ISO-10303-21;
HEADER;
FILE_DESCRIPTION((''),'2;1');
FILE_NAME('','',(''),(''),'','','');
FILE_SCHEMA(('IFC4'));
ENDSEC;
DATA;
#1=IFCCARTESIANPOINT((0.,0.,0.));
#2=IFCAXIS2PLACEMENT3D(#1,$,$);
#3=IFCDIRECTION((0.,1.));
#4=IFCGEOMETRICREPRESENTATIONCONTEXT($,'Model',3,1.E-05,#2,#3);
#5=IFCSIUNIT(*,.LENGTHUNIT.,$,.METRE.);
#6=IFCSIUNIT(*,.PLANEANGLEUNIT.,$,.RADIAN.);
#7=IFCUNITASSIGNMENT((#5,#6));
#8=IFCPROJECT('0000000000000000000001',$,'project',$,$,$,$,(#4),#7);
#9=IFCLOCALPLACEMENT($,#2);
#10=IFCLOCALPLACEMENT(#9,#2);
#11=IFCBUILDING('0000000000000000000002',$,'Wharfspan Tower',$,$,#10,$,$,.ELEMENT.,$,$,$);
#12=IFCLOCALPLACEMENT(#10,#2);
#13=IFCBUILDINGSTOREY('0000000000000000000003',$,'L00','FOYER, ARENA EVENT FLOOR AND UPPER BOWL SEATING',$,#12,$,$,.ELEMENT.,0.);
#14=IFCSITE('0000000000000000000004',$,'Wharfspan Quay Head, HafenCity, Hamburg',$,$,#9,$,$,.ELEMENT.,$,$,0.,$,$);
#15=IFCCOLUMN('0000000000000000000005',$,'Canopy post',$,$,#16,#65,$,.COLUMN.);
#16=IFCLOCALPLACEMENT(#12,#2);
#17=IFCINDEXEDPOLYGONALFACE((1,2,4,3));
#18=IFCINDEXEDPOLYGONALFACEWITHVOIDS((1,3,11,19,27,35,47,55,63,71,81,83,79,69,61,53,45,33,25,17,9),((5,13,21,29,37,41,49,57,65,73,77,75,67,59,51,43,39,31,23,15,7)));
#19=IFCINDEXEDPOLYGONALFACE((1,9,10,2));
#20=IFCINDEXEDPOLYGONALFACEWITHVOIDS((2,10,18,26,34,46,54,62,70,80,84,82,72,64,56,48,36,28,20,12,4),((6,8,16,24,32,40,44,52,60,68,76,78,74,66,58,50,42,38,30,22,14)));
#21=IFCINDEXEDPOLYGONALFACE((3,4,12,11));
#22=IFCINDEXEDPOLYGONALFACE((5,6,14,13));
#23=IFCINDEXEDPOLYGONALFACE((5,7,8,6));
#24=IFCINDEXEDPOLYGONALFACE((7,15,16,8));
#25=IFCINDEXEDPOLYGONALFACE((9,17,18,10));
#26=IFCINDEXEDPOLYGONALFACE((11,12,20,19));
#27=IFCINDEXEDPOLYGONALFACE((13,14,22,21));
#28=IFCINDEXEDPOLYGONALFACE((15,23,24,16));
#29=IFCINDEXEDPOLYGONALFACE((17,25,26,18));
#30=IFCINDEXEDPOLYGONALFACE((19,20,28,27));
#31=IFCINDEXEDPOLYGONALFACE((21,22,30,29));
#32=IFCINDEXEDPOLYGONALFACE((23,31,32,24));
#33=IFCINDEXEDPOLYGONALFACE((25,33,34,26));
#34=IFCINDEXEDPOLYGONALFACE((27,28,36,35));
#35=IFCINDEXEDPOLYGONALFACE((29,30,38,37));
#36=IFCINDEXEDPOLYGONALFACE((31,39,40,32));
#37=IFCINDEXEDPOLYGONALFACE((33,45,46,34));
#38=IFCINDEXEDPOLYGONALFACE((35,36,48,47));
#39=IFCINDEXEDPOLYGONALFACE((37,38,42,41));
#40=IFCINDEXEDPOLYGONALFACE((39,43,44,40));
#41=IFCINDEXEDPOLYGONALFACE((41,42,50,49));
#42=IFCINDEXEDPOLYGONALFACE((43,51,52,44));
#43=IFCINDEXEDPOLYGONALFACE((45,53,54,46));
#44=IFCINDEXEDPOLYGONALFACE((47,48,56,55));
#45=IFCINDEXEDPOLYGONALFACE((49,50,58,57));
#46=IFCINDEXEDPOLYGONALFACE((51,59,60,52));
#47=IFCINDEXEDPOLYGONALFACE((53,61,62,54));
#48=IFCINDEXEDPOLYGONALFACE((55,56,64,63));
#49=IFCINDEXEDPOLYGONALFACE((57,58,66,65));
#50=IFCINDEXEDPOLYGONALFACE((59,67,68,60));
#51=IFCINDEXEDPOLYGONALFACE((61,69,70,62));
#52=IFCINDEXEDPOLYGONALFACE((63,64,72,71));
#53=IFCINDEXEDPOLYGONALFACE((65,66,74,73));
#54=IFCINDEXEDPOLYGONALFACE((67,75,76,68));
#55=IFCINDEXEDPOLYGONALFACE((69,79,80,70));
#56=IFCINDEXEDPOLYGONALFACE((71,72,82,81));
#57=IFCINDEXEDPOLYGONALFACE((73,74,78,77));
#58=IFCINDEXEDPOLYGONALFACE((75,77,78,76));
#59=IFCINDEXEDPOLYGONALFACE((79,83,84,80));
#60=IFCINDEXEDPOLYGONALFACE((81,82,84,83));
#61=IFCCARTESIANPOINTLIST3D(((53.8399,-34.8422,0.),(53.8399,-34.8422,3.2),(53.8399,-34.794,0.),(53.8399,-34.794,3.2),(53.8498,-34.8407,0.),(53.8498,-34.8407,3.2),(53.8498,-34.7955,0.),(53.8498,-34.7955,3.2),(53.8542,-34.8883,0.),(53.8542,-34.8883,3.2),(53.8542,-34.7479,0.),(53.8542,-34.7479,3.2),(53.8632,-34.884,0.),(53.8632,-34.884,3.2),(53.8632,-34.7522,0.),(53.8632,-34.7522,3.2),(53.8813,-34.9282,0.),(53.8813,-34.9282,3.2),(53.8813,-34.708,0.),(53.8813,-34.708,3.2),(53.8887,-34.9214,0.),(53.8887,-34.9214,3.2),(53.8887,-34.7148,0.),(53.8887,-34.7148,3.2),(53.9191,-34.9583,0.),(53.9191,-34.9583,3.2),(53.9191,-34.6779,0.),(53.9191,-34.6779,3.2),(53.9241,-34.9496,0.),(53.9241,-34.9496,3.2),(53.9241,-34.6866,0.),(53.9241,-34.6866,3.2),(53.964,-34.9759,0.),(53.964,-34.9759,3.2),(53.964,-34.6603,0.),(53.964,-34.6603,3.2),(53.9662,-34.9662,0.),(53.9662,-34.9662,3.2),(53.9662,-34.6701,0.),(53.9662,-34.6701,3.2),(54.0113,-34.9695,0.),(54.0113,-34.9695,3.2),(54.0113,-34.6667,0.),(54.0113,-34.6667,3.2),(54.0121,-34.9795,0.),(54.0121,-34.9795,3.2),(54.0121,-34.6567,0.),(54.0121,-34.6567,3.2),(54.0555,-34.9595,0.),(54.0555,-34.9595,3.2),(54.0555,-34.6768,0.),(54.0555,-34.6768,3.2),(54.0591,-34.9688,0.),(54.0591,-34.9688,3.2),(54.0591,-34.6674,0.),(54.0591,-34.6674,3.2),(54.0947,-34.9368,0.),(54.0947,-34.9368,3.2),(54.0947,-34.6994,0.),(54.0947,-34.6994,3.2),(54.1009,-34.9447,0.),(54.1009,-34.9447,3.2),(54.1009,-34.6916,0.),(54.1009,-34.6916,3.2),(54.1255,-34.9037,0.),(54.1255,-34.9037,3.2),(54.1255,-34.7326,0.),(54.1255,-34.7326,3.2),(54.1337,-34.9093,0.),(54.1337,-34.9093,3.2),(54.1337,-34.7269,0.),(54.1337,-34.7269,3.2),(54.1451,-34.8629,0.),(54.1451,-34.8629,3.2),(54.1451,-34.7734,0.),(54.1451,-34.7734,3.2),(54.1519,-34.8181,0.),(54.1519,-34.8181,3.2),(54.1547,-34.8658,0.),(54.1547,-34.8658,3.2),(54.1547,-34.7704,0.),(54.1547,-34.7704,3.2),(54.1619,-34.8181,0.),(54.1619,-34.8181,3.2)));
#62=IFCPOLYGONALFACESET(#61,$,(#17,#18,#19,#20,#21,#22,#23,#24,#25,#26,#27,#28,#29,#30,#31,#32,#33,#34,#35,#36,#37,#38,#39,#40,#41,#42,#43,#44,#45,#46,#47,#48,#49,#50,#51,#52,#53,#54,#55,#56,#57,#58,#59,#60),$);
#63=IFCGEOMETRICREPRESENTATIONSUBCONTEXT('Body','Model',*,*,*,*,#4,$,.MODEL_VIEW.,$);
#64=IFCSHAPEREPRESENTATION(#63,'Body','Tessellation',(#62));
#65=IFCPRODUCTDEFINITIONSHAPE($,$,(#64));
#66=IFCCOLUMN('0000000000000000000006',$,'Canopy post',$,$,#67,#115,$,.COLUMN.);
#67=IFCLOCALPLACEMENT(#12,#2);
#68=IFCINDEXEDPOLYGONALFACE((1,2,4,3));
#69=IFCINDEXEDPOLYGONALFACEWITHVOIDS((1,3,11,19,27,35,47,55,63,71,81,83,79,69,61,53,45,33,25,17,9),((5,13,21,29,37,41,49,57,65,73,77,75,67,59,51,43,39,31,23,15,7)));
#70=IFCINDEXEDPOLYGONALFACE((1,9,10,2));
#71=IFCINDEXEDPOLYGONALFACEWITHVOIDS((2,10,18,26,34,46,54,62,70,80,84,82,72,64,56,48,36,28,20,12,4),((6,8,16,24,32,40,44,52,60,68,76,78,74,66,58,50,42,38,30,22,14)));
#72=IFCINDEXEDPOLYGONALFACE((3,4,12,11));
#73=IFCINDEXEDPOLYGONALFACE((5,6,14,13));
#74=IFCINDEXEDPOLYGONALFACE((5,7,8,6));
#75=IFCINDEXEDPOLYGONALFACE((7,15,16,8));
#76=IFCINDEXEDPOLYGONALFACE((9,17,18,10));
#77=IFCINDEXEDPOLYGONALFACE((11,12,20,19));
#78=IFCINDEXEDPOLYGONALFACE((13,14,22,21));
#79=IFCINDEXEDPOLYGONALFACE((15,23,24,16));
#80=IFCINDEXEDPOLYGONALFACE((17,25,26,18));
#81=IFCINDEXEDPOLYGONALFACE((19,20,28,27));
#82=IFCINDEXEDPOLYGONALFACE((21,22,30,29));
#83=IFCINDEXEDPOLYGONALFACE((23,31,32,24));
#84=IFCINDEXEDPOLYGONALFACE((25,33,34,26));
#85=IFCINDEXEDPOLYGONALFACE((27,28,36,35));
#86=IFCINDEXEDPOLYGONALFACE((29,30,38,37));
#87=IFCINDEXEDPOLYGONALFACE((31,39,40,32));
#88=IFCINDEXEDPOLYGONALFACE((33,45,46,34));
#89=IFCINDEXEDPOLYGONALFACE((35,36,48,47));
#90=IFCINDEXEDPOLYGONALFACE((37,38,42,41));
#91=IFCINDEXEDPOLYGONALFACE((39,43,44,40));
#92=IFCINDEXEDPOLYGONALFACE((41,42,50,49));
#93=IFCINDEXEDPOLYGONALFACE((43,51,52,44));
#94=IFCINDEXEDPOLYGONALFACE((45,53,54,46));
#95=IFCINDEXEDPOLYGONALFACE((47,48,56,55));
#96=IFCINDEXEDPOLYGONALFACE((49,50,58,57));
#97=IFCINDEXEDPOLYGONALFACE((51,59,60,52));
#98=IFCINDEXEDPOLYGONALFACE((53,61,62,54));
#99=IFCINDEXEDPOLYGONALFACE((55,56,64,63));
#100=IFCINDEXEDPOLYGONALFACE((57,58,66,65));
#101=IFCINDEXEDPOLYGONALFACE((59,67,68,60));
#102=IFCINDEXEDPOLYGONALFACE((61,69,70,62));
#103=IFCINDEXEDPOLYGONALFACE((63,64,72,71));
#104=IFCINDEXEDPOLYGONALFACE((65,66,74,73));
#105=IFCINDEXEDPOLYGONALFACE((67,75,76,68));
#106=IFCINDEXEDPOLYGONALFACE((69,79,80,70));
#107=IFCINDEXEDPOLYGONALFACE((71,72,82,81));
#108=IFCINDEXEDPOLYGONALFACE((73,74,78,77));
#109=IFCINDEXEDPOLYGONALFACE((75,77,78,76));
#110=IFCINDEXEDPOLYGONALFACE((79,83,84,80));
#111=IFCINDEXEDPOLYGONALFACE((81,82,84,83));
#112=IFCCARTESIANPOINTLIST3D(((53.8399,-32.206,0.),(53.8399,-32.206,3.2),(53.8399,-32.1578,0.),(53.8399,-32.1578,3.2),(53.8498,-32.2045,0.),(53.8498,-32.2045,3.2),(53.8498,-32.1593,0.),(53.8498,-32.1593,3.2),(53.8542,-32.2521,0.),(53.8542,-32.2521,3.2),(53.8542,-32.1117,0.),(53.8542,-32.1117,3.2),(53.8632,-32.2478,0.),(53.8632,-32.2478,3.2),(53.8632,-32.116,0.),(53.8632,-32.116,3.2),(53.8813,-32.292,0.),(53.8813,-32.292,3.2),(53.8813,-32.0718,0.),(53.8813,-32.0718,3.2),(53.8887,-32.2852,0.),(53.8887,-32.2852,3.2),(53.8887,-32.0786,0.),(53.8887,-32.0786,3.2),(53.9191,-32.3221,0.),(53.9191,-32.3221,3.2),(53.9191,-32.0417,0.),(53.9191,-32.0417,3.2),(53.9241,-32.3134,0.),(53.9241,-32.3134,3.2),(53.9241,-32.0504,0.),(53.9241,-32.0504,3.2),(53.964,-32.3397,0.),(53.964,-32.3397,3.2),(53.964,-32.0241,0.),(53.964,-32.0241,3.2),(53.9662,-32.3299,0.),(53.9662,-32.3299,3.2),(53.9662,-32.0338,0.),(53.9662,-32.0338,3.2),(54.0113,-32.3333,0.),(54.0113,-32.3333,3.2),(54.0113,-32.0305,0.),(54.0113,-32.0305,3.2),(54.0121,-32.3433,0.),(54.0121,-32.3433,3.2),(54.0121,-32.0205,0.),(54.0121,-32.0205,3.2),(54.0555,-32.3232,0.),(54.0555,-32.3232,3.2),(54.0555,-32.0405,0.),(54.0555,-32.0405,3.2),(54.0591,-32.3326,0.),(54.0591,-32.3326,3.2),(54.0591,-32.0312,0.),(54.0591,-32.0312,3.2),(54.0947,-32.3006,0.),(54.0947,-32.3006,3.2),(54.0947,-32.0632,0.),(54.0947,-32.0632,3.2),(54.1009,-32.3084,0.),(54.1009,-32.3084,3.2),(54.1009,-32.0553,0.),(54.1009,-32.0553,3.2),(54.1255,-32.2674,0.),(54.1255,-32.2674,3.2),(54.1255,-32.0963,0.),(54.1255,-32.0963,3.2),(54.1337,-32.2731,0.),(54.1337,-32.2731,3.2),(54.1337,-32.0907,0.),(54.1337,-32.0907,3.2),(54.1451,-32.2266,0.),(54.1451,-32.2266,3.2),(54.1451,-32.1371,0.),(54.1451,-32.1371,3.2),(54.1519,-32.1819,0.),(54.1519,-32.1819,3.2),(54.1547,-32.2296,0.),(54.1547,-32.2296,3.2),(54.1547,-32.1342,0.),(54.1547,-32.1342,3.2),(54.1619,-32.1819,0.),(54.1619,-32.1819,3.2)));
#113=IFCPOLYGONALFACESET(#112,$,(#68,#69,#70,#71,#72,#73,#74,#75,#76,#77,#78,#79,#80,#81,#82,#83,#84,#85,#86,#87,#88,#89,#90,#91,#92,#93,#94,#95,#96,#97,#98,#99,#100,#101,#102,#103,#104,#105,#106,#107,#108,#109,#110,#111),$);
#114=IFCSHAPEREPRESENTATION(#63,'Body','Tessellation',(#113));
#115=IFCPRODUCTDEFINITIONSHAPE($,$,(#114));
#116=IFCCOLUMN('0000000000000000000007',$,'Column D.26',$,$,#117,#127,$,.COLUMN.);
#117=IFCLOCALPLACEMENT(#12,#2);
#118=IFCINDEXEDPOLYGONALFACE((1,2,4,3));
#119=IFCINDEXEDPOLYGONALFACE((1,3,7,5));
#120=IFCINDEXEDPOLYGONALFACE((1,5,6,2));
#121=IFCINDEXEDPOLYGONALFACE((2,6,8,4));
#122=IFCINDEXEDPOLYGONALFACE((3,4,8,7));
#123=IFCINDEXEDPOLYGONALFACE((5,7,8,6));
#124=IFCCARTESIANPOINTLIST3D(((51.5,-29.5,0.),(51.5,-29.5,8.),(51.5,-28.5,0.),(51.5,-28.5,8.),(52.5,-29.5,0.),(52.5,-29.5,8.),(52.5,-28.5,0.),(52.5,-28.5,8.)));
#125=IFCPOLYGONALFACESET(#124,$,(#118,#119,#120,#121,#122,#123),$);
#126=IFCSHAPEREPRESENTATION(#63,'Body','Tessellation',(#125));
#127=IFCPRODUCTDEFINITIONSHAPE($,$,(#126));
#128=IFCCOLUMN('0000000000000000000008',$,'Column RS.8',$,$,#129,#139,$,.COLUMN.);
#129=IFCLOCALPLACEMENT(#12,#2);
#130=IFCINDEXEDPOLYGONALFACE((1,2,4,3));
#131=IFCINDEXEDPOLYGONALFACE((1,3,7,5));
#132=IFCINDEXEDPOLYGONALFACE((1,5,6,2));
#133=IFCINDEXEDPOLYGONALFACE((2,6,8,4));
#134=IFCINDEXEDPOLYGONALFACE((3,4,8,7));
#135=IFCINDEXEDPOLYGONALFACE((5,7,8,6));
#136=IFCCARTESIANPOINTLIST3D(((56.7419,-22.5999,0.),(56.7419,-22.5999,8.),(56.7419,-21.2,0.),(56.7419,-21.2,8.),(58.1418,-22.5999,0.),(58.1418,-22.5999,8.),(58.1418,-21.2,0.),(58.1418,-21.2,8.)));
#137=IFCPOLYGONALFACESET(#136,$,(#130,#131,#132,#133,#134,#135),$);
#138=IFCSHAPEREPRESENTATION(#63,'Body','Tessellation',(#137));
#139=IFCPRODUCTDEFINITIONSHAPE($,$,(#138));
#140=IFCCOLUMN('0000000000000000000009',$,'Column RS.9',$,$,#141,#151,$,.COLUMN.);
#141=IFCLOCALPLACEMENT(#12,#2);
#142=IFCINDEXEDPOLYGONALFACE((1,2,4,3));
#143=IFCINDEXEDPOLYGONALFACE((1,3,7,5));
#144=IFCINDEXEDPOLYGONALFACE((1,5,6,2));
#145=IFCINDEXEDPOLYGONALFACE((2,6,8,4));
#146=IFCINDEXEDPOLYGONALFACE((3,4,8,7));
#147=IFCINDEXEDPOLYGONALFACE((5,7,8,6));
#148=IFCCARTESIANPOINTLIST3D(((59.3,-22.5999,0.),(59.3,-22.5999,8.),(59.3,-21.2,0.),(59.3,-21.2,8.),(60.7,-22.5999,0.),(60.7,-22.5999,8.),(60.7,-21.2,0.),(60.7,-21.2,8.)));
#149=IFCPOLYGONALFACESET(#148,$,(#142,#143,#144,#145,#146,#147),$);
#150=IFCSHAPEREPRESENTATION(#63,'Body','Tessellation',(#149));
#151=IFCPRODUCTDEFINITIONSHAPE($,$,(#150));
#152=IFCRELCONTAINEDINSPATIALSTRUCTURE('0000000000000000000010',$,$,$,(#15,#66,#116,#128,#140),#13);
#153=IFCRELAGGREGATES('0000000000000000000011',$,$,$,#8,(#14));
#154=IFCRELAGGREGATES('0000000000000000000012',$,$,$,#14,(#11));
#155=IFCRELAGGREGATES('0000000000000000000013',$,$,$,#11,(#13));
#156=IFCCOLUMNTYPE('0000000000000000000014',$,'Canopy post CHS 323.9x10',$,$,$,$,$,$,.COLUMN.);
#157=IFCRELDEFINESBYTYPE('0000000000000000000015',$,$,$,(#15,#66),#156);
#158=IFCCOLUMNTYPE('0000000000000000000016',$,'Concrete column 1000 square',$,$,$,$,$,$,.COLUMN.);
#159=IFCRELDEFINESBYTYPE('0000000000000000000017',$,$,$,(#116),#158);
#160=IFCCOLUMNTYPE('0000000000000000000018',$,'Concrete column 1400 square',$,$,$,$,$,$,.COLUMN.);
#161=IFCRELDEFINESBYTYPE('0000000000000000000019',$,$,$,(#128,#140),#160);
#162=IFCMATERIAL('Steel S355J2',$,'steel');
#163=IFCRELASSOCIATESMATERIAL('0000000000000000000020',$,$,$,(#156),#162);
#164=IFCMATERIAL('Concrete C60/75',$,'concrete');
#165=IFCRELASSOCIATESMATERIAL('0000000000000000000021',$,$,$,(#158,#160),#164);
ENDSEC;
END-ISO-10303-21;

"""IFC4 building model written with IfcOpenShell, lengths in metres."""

from ifc_helpers import new_model, si_unit, direction, frame, origin, origin_2d, place, context, subcontext, project, spatial, rectangle, hollow_circle, extrude, material, material_profile, profile_set, type_object, element, save


model = new_model("IFC4")

# Units and contexts
model_context = context("Model", 3, precision=1e-05, world=origin(), true_north=direction((0.0, 1.0)))
body_context = subcontext(model_context, "Body", "Model", "MODEL_VIEW")
ifc_project = project(units=[si_unit("LENGTHUNIT", "METRE"), si_unit("PLANEANGLEUNIT", "RADIAN")], contexts=[model_context])

# Site, building, storey
site_placement = place(None, origin())
site = spatial("IfcSite", under=ifc_project, at=site_placement, Name="Wharfspan Quay Head, HafenCity, Hamburg", CompositionType="ELEMENT", RefElevation=0.0)
building_placement = place(site_placement, origin())
building = spatial("IfcBuilding", under=site, at=building_placement, Name="Wharfspan Tower", CompositionType="ELEMENT")
storey_placement = place(building_placement, origin())
storey = spatial("IfcBuildingStorey", under=building, at=storey_placement, Name="L00", Description="FOYER, ARENA EVENT FLOOR AND UPPER BOWL SEATING", CompositionType="ELEMENT", Elevation=0.0)

# Columns
ifc_material_1 = material(Name="Steel S355J2", Category="steel")
ifc_material_profile_1 = material_profile(ifc_material_1, hollow_circle(Radius=0.1619, WallThickness=0.01, at=origin_2d()))
ifc_profile_set_1 = profile_set([ifc_material_profile_1], Name="Steel S355J2")
column_type_1 = type_object("IfcColumnType", Name="Canopy post CHS 323.9x10", PredefinedType="COLUMN", material=ifc_profile_set_1)
for number, where, z_axis, x_axis, name in (
    (1, (54.0, -34.8181, 0.0), (0.0, 0.0, 1.0), (1.0, 0.0, 0.0), "Canopy post"),
    (2, (54.0, -32.1819, 0.0), (0.0, 0.0, 1.0), (1.0, 0.0, 0.0), "Canopy post"),
):
    element("IfcColumn", number, at=place(storey_placement, frame(where, z_axis=z_axis, x_axis=x_axis)), inside=storey, type_object=column_type_1, Name=name, PredefinedType="COLUMN", context=body_context, shape_type="SweptSolid", body=[
        extrude(hollow_circle(Radius=0.1619, WallThickness=0.01, at=origin_2d()), origin(), (0.0, 0.0, 1.0), 3.2),
    ])
ifc_material_2 = material(Name="Concrete C60/75", Category="concrete")
ifc_material_profile_2 = material_profile(ifc_material_2, rectangle(XDim=1.0, YDim=1.0, at=origin_2d()))
ifc_profile_set_2 = profile_set([ifc_material_profile_2], Name="Concrete C60/75")
column_type_2 = type_object("IfcColumnType", Name="Concrete column 1000 square", PredefinedType="COLUMN", material=ifc_profile_set_2)
column_placement = place(storey_placement, frame((52.0, -29.0, 0.0), z_axis=(0.0, 0.0, 1.0), x_axis=(1.0, 0.0, 0.0)))
element("IfcColumn", 3, at=column_placement, inside=storey, type_object=column_type_2, Name="Column D.26", PredefinedType="COLUMN", context=body_context, shape_type="SweptSolid", body=[
    extrude(rectangle(XDim=1.0, YDim=1.0, at=origin_2d()), origin(), (0.0, 0.0, 1.0), 8.0),
])
ifc_material_profile_3 = material_profile(ifc_material_2, rectangle(XDim=1.3999, YDim=1.3999, at=origin_2d()))
ifc_profile_set_3 = profile_set([ifc_material_profile_3], Name="Concrete C60/75")
column_type_3 = type_object("IfcColumnType", Name="Concrete column 1400 square", PredefinedType="COLUMN", material=ifc_profile_set_3)
for number, where, z_axis, x_axis, name in (
    (4, (57.4419, -21.8999, 0.0), (0.0, 0.0, 1.0), (1.0, 0.0, 0.0), "Column RS.8"),
    (5, (60.0, -21.8999, 0.0), (0.0, 0.0, 1.0), (1.0, 0.0, 0.0), "Column RS.9"),
):
    element("IfcColumn", number, at=place(storey_placement, frame(where, z_axis=z_axis, x_axis=x_axis)), inside=storey, type_object=column_type_3, Name=name, PredefinedType="COLUMN", context=body_context, shape_type="SweptSolid", body=[
        extrude(rectangle(XDim=1.3999, YDim=1.3999, at=origin_2d()), origin(), (0.0, 0.0, 1.0), 8.0),
    ])

save(model, "model.ifc")
